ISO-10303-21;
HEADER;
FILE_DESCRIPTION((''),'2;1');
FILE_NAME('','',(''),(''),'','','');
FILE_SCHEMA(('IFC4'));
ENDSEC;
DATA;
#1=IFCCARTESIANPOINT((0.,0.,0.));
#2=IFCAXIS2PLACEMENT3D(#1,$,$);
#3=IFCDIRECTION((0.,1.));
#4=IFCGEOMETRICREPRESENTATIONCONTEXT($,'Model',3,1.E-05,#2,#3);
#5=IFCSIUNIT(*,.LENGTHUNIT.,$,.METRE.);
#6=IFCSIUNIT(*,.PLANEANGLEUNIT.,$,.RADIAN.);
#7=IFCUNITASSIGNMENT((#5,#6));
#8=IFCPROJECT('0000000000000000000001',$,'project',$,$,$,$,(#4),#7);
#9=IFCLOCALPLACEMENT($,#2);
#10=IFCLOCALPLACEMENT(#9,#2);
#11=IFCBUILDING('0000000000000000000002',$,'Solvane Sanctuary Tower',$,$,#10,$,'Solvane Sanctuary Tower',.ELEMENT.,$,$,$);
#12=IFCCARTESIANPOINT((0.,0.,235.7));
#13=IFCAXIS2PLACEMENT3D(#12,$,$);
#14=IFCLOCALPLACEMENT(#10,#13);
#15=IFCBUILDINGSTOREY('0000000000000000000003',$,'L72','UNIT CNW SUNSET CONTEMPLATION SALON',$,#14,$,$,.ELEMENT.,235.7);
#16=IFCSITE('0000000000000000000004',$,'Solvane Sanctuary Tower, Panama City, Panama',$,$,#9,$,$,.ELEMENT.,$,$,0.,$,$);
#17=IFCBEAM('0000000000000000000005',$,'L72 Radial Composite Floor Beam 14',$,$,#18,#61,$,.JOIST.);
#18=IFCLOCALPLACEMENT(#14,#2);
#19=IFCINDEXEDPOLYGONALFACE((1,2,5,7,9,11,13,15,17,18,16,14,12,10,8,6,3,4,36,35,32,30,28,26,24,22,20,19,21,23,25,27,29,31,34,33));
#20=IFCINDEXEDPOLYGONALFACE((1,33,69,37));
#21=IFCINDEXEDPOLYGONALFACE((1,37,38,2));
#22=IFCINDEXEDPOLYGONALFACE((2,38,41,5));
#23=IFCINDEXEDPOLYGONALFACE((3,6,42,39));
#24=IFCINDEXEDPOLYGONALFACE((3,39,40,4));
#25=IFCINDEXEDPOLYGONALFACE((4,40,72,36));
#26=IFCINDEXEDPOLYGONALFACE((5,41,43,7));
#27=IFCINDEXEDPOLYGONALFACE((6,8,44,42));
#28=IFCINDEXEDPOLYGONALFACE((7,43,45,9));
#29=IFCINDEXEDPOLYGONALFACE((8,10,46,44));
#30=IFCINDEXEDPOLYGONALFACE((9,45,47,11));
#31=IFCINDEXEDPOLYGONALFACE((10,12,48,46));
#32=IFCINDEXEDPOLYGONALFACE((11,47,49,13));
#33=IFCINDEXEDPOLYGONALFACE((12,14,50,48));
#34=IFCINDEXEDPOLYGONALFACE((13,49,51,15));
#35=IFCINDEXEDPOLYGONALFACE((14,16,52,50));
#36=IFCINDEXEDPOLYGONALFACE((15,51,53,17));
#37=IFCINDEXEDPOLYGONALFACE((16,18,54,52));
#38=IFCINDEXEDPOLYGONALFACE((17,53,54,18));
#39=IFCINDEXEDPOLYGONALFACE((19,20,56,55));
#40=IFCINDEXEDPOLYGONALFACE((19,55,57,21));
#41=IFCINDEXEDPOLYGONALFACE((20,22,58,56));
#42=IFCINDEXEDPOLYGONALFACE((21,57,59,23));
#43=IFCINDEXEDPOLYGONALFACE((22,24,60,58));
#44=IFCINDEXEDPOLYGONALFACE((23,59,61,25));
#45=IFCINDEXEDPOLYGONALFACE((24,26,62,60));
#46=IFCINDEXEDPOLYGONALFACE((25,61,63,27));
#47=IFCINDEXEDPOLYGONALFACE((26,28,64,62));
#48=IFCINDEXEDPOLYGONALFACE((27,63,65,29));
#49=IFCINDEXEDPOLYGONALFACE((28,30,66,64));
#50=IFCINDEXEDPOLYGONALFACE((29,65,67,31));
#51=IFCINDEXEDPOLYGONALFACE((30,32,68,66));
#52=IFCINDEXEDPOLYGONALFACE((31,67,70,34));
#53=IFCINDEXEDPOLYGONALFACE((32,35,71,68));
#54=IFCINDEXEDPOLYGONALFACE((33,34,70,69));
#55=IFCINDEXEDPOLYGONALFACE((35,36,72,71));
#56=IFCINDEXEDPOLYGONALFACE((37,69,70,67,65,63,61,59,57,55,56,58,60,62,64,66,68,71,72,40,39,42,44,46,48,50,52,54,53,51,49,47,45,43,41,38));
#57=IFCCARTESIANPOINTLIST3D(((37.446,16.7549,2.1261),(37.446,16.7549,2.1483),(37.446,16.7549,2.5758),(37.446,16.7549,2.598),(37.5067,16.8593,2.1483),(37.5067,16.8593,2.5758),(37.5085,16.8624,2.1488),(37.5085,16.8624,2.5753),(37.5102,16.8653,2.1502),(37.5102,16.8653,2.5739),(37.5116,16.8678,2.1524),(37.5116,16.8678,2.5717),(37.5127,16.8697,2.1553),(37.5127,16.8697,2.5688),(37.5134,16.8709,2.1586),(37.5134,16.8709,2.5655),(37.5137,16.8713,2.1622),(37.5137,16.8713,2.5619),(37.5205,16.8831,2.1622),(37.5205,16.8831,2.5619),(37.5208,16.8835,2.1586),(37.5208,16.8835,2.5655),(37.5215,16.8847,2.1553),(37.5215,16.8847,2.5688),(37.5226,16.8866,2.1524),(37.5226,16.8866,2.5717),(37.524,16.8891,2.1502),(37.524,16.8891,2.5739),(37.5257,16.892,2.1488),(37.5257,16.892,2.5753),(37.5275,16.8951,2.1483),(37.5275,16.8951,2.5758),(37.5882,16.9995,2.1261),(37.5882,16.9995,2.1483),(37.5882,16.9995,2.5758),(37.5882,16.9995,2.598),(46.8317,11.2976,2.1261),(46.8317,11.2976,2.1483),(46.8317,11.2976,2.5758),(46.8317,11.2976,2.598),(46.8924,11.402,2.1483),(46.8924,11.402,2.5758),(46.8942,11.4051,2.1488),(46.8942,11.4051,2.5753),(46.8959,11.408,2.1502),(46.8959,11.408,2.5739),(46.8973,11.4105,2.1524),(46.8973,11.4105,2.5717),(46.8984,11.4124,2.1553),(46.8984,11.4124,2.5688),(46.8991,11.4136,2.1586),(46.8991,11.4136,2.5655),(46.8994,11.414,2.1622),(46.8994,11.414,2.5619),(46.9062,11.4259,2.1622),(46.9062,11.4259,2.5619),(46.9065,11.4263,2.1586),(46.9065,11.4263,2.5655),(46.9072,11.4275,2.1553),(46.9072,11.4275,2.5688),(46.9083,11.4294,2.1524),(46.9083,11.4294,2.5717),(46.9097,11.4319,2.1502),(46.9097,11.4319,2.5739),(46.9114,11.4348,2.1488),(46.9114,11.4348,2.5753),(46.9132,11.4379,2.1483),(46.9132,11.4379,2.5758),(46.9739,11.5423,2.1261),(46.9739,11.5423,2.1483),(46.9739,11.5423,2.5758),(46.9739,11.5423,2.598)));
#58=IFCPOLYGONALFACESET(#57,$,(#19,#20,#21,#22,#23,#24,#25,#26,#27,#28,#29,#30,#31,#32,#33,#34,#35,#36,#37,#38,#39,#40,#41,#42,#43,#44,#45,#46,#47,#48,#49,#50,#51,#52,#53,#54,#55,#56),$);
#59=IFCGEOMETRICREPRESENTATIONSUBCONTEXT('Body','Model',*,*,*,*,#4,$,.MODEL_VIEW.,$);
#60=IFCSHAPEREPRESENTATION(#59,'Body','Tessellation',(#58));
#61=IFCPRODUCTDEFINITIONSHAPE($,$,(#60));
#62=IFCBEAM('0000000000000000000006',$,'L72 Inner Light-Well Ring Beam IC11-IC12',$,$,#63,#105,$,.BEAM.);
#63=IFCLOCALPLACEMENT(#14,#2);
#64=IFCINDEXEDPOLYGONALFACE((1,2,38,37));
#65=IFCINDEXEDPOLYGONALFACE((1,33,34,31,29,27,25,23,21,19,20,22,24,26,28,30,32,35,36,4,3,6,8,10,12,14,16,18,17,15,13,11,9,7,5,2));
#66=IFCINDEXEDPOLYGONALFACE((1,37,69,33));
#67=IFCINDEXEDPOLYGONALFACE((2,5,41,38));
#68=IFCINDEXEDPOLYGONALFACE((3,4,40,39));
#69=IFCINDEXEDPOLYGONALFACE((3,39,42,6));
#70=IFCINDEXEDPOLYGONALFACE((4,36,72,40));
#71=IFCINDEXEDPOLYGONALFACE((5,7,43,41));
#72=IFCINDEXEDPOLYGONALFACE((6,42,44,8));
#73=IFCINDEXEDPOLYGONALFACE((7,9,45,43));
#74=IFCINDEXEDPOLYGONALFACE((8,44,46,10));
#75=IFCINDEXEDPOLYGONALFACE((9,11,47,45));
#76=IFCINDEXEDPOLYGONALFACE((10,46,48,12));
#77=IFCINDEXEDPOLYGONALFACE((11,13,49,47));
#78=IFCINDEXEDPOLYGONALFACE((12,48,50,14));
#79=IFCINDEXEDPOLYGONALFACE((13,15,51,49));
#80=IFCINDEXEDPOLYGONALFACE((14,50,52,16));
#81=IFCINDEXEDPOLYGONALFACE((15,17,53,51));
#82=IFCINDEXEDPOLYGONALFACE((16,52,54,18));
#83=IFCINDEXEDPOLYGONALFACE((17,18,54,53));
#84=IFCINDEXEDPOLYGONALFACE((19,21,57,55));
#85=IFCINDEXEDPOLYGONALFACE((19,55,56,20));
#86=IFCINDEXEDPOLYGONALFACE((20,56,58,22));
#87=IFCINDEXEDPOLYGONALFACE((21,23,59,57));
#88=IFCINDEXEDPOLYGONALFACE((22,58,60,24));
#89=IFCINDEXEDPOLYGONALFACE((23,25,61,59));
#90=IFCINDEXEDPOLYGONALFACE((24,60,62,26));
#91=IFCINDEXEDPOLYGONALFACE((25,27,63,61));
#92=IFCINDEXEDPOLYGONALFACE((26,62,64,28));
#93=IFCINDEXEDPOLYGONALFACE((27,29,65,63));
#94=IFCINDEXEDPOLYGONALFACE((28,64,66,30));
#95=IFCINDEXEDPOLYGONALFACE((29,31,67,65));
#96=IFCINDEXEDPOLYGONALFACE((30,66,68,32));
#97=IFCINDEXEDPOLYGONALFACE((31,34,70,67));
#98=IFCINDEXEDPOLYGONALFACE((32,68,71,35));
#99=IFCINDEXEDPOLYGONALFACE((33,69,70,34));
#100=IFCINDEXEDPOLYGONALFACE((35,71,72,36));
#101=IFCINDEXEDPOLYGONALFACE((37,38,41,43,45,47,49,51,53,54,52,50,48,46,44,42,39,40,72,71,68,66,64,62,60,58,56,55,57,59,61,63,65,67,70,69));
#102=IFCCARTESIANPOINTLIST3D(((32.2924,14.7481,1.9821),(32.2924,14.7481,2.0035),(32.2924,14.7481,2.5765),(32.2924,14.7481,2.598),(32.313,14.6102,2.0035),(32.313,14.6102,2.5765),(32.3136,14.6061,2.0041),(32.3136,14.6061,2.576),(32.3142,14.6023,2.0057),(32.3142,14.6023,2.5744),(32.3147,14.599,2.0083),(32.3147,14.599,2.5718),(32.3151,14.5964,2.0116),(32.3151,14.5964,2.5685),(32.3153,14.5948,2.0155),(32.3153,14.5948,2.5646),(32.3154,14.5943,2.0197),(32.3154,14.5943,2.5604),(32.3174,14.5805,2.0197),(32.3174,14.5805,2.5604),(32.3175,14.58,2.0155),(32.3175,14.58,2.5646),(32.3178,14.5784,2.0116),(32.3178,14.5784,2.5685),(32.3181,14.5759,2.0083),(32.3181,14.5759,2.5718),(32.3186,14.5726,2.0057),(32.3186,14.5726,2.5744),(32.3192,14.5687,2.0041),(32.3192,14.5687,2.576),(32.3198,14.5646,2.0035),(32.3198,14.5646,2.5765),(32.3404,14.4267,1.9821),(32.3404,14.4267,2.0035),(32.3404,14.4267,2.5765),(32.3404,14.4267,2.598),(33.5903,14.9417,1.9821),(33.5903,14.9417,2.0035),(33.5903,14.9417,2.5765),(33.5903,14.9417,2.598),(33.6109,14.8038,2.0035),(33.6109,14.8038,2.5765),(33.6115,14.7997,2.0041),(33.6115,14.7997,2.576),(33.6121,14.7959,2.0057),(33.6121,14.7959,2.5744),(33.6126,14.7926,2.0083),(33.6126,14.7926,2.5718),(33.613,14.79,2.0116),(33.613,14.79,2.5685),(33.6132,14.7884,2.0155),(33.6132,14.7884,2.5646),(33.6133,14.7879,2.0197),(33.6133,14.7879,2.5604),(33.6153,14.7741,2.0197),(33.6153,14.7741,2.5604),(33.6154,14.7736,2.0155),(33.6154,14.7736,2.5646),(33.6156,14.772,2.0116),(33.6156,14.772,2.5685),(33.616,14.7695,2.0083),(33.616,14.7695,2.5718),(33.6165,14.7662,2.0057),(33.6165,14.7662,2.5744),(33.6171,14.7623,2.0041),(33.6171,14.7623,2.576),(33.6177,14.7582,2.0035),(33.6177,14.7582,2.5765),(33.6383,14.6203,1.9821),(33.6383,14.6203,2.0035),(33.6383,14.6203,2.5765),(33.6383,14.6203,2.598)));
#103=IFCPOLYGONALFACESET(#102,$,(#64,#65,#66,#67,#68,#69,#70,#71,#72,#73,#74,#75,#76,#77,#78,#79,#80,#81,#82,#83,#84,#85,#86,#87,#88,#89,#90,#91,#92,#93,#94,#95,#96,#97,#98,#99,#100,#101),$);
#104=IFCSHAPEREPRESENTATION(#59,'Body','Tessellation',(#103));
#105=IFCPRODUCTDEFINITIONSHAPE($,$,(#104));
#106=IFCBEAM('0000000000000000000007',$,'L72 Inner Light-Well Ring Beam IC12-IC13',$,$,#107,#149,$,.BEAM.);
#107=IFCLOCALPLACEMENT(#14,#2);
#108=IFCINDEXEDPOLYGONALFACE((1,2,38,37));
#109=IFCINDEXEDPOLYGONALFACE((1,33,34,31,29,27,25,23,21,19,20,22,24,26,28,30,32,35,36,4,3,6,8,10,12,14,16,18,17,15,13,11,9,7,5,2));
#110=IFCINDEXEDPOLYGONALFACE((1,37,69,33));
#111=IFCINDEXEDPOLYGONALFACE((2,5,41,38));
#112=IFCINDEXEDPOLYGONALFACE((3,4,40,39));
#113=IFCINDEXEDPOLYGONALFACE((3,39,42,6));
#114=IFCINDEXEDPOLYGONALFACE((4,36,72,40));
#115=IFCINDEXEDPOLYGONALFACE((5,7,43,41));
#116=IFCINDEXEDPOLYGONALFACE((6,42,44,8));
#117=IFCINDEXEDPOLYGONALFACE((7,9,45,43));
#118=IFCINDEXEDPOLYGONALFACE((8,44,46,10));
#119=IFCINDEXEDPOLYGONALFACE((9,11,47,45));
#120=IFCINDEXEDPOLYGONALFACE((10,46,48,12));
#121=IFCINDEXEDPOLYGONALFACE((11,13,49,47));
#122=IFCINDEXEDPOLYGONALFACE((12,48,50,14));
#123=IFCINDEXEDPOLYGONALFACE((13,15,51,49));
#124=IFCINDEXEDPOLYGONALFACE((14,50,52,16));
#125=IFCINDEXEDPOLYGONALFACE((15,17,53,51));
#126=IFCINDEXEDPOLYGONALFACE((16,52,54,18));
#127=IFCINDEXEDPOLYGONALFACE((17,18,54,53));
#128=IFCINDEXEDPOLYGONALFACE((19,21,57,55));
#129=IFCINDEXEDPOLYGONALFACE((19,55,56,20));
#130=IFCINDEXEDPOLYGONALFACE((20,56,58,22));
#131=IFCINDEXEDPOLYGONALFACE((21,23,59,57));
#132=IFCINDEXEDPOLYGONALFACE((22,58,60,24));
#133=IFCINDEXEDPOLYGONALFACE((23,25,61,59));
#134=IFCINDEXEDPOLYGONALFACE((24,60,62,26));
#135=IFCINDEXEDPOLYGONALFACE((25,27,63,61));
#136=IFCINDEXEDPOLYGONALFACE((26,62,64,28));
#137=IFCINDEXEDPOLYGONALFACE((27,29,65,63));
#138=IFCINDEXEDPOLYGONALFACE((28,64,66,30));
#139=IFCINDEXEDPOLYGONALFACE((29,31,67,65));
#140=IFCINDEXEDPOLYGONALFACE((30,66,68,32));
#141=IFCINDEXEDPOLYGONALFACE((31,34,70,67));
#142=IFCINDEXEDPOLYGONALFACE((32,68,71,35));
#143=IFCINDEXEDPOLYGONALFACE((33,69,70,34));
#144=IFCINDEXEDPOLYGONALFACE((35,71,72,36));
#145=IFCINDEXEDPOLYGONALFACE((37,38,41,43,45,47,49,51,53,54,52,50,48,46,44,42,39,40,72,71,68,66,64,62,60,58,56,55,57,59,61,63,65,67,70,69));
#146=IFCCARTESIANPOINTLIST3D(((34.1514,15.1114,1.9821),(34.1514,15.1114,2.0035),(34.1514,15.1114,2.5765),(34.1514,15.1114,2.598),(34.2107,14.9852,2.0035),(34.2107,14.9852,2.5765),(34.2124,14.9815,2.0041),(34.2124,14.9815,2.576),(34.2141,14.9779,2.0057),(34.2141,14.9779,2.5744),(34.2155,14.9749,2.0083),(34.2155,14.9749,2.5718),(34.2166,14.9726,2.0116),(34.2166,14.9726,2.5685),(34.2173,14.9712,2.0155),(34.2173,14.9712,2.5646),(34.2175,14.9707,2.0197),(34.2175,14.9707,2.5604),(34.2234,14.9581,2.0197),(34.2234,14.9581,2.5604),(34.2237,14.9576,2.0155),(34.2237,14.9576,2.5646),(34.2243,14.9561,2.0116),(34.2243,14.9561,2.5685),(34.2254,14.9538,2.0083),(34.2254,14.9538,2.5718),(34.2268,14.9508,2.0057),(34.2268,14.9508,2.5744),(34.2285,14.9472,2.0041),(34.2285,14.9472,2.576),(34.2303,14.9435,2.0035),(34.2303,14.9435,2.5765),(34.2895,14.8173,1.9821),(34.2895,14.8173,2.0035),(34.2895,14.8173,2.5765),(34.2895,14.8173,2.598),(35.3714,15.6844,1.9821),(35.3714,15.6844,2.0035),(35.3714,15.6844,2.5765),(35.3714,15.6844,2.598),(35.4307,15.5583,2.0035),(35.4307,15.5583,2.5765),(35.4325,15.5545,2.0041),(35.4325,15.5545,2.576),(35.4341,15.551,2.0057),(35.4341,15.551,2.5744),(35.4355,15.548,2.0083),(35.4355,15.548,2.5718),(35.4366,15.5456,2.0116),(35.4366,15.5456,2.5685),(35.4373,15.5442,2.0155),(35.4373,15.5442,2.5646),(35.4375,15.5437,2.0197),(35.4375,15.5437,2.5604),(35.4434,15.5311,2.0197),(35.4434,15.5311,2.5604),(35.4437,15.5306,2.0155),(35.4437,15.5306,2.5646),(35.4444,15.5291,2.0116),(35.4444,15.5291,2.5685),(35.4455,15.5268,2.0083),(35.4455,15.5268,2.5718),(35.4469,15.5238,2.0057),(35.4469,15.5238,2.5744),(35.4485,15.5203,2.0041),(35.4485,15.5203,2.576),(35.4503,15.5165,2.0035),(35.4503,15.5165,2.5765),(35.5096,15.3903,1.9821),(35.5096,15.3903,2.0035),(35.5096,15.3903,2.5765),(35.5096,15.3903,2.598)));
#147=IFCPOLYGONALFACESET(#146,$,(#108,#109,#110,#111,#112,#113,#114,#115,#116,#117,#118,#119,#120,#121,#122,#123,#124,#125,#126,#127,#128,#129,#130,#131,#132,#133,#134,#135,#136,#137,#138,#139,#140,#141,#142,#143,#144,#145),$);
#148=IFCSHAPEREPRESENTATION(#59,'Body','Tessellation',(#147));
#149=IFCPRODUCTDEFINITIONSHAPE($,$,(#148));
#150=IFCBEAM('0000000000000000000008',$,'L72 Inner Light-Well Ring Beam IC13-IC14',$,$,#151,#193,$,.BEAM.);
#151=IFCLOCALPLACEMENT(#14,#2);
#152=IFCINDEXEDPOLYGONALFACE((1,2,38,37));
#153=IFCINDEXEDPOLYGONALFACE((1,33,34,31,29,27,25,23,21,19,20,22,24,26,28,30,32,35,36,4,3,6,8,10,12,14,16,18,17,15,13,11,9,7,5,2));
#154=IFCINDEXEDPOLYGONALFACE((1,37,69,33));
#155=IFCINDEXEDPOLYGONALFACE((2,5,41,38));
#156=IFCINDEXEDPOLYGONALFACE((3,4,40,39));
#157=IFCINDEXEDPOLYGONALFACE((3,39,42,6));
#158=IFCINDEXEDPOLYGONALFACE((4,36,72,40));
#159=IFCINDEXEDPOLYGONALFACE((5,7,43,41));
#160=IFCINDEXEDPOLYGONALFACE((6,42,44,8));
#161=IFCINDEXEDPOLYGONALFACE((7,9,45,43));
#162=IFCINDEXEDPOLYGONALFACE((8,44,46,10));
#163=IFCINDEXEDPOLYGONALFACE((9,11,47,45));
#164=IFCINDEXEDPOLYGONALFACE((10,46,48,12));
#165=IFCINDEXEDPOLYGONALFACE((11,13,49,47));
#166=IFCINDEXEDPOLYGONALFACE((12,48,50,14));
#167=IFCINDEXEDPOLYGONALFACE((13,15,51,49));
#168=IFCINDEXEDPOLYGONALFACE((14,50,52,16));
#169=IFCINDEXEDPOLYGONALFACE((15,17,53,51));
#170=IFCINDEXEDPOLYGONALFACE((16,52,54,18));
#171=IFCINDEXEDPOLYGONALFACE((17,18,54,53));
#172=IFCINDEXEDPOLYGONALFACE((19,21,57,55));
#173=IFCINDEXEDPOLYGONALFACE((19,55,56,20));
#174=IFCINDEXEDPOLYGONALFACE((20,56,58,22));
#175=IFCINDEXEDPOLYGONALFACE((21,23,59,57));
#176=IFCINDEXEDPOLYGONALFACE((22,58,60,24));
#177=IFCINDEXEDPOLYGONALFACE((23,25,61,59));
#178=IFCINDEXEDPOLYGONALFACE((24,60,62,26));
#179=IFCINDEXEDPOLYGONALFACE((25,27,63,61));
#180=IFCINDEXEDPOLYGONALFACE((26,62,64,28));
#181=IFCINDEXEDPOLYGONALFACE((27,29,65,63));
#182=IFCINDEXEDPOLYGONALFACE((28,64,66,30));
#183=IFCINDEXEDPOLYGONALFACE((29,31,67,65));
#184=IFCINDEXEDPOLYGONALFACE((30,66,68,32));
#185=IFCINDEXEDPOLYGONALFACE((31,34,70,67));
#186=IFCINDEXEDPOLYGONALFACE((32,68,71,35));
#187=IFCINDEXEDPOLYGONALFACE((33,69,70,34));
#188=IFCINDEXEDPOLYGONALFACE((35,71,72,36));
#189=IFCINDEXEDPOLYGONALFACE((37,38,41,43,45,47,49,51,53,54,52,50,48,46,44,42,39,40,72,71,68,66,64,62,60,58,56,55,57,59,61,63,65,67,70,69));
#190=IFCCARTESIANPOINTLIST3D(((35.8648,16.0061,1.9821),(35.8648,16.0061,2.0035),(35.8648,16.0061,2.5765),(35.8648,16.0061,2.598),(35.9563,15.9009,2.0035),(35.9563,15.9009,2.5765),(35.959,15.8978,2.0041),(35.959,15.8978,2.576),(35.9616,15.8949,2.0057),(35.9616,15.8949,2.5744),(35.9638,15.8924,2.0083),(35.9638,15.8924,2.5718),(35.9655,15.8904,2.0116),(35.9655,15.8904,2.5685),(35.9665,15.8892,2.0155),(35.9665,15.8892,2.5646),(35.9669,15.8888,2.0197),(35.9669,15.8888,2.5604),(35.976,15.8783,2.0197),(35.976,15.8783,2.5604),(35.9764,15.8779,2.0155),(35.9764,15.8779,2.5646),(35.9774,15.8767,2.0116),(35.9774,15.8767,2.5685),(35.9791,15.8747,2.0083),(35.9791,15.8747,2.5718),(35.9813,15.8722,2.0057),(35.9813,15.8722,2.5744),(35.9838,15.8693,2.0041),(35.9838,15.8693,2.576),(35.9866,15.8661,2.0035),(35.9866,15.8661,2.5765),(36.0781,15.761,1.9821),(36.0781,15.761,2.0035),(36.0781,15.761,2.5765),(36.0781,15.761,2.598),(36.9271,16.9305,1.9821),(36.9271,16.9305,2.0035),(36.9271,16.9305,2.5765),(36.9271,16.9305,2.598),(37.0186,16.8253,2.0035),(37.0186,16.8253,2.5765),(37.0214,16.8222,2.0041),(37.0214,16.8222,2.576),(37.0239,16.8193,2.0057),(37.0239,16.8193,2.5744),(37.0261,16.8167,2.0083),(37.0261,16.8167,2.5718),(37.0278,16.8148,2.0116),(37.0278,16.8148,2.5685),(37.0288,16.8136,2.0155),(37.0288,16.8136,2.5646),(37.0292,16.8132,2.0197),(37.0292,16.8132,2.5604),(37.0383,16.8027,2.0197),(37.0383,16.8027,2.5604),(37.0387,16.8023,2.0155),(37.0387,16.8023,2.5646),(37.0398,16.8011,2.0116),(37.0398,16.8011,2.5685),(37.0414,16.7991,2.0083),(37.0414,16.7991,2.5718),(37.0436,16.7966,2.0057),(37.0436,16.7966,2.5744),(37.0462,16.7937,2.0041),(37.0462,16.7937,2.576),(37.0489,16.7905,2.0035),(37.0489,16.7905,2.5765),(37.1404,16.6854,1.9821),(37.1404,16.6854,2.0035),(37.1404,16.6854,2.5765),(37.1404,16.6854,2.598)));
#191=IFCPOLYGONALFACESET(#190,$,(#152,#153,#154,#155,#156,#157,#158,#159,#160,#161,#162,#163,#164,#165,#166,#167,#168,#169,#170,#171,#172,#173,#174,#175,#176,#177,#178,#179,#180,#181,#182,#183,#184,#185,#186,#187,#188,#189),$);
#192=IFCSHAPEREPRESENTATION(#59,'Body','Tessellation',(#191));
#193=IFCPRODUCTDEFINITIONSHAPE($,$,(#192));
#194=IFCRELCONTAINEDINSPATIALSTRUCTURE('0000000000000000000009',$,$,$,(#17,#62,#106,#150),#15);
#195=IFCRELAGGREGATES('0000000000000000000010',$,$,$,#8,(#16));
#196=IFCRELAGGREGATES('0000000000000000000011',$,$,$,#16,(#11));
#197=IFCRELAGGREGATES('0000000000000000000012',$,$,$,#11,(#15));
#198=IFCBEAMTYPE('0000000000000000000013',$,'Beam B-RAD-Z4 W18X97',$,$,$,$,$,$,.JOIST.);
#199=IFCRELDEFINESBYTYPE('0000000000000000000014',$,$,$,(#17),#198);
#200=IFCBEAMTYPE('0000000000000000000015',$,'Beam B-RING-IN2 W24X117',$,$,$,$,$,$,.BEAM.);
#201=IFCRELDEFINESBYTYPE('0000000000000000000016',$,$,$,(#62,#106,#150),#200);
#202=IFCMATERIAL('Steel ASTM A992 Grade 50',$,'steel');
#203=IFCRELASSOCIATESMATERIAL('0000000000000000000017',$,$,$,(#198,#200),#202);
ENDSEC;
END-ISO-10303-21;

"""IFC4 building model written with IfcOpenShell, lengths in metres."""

from ifc_helpers import new_model, si_unit, direction, frame, origin, origin_2d, place, context, subcontext, project, spatial, i_section, extrude, material, material_profile, profile_set, type_object, element, save


model = new_model("IFC4")

# Units and contexts
model_context = context("Model", 3, precision=1e-05, world=origin(), true_north=direction((0.0, 1.0)))
body_context = subcontext(model_context, "Body", "Model", "MODEL_VIEW")
ifc_project = project(units=[si_unit("LENGTHUNIT", "METRE"), si_unit("PLANEANGLEUNIT", "RADIAN")], contexts=[model_context])

# Site, building, storey
site_placement = place(None, origin())
site = spatial("IfcSite", under=ifc_project, at=site_placement, Name="Solvane Sanctuary Tower, Panama City, Panama", CompositionType="ELEMENT", RefElevation=0.0)
building_placement = place(site_placement, origin())
building = spatial("IfcBuilding", under=site, at=building_placement, Name="Solvane Sanctuary Tower", LongName="Solvane Sanctuary Tower", CompositionType="ELEMENT")
storey_placement = place(building_placement, frame((0.0, 0.0, 235.7)))
storey = spatial("IfcBuildingStorey", under=building, at=storey_placement, Name="L72", Description="UNIT CNW SUNSET CONTEMPLATION SALON", CompositionType="ELEMENT", Elevation=235.7)

# Beams
ifc_material_1 = material(Name="Steel ASTM A992 Grade 50", Category="steel")
ifc_material_profile_1 = material_profile(ifc_material_1, i_section(OverallWidth=0.283, OverallDepth=0.4719, WebThickness=0.0137, FlangeThickness=0.0222, FilletRadius=0.0139, at=origin_2d()), Name="W18X97")
ifc_profile_set_1 = profile_set([ifc_material_profile_1], Name="Steel ASTM A992 Grade 50")
beam_type_1 = type_object("IfcBeamType", Name="Beam B-RAD-Z4 W18X97", PredefinedType="JOIST", material=ifc_profile_set_1)
beam_1_placement = place(storey_placement, frame((37.5171, 16.8772, 2.3621), z_axis=(0.864489, -0.502651, 0.0), x_axis=(0.502651, 0.864489, 0.0)))
element("IfcBeam", 1, at=beam_1_placement, inside=storey, type_object=beam_type_1, Name="L72 Radial Composite Floor Beam 14", PredefinedType="JOIST", context=body_context, shape_type="SweptSolid", body=[
    extrude(i_section(OverallWidth=0.283, OverallDepth=0.4719, WebThickness=0.0137, FlangeThickness=0.0222, FilletRadius=0.0139, at=origin_2d()), origin(), (0.0, 0.0, 1.0), 10.8569),
])
ifc_material_profile_2 = material_profile(ifc_material_1, i_section(OverallWidth=0.325, OverallDepth=0.616, WebThickness=0.0139, FlangeThickness=0.0215, FilletRadius=0.0161, at=origin_2d()), Name="W24X117")
ifc_profile_set_2 = profile_set([ifc_material_profile_2], Name="Steel ASTM A992 Grade 50")
beam_type_2 = type_object("IfcBeamType", Name="Beam B-RING-IN2 W24X117", PredefinedType="BEAM", material=ifc_profile_set_2)
beam_2_placement = place(storey_placement, frame((32.3164, 14.5874, 2.29), z_axis=(0.989056, 0.14754, 0.0), x_axis=(-0.14754, 0.989056, 0.0)))
element("IfcBeam", 2, at=beam_2_placement, inside=storey, type_object=beam_type_2, Name="L72 Inner Light-Well Ring Beam IC11-IC12", PredefinedType="BEAM", context=body_context, shape_type="SweptSolid", body=[
    extrude(i_section(OverallWidth=0.325, OverallDepth=0.616, WebThickness=0.0139, FlangeThickness=0.0215, FilletRadius=0.0161, at=origin_2d()), origin(), (0.0, 0.0, 1.0), 1.3123),
])
beam_3_placement = place(storey_placement, frame((34.2205, 14.9644, 2.29), z_axis=(0.905135, 0.425125, 0.0), x_axis=(-0.425125, 0.905135, 0.0)))
element("IfcBeam", 3, at=beam_3_placement, inside=storey, type_object=beam_type_2, Name="L72 Inner Light-Well Ring Beam IC12-IC13", PredefinedType="BEAM", context=body_context, shape_type="SweptSolid", body=[
    extrude(i_section(OverallWidth=0.325, OverallDepth=0.616, WebThickness=0.0139, FlangeThickness=0.0215, FilletRadius=0.0161, at=origin_2d()), origin(), (0.0, 0.0, 1.0), 1.3479),
])
beam_4_placement = place(storey_placement, frame((35.9714, 15.8835, 2.29), z_axis=(0.754389, 0.656428, 0.0), x_axis=(-0.656428, 0.754389, 0.0)))
element("IfcBeam", 4, at=beam_4_placement, inside=storey, type_object=beam_type_2, Name="L72 Inner Light-Well Ring Beam IC13-IC14", PredefinedType="BEAM", context=body_context, shape_type="SweptSolid", body=[
    extrude(i_section(OverallWidth=0.325, OverallDepth=0.616, WebThickness=0.0139, FlangeThickness=0.0215, FilletRadius=0.0161, at=origin_2d()), origin(), (0.0, 0.0, 1.0), 1.4082),
])

save(model, "model.ifc")
